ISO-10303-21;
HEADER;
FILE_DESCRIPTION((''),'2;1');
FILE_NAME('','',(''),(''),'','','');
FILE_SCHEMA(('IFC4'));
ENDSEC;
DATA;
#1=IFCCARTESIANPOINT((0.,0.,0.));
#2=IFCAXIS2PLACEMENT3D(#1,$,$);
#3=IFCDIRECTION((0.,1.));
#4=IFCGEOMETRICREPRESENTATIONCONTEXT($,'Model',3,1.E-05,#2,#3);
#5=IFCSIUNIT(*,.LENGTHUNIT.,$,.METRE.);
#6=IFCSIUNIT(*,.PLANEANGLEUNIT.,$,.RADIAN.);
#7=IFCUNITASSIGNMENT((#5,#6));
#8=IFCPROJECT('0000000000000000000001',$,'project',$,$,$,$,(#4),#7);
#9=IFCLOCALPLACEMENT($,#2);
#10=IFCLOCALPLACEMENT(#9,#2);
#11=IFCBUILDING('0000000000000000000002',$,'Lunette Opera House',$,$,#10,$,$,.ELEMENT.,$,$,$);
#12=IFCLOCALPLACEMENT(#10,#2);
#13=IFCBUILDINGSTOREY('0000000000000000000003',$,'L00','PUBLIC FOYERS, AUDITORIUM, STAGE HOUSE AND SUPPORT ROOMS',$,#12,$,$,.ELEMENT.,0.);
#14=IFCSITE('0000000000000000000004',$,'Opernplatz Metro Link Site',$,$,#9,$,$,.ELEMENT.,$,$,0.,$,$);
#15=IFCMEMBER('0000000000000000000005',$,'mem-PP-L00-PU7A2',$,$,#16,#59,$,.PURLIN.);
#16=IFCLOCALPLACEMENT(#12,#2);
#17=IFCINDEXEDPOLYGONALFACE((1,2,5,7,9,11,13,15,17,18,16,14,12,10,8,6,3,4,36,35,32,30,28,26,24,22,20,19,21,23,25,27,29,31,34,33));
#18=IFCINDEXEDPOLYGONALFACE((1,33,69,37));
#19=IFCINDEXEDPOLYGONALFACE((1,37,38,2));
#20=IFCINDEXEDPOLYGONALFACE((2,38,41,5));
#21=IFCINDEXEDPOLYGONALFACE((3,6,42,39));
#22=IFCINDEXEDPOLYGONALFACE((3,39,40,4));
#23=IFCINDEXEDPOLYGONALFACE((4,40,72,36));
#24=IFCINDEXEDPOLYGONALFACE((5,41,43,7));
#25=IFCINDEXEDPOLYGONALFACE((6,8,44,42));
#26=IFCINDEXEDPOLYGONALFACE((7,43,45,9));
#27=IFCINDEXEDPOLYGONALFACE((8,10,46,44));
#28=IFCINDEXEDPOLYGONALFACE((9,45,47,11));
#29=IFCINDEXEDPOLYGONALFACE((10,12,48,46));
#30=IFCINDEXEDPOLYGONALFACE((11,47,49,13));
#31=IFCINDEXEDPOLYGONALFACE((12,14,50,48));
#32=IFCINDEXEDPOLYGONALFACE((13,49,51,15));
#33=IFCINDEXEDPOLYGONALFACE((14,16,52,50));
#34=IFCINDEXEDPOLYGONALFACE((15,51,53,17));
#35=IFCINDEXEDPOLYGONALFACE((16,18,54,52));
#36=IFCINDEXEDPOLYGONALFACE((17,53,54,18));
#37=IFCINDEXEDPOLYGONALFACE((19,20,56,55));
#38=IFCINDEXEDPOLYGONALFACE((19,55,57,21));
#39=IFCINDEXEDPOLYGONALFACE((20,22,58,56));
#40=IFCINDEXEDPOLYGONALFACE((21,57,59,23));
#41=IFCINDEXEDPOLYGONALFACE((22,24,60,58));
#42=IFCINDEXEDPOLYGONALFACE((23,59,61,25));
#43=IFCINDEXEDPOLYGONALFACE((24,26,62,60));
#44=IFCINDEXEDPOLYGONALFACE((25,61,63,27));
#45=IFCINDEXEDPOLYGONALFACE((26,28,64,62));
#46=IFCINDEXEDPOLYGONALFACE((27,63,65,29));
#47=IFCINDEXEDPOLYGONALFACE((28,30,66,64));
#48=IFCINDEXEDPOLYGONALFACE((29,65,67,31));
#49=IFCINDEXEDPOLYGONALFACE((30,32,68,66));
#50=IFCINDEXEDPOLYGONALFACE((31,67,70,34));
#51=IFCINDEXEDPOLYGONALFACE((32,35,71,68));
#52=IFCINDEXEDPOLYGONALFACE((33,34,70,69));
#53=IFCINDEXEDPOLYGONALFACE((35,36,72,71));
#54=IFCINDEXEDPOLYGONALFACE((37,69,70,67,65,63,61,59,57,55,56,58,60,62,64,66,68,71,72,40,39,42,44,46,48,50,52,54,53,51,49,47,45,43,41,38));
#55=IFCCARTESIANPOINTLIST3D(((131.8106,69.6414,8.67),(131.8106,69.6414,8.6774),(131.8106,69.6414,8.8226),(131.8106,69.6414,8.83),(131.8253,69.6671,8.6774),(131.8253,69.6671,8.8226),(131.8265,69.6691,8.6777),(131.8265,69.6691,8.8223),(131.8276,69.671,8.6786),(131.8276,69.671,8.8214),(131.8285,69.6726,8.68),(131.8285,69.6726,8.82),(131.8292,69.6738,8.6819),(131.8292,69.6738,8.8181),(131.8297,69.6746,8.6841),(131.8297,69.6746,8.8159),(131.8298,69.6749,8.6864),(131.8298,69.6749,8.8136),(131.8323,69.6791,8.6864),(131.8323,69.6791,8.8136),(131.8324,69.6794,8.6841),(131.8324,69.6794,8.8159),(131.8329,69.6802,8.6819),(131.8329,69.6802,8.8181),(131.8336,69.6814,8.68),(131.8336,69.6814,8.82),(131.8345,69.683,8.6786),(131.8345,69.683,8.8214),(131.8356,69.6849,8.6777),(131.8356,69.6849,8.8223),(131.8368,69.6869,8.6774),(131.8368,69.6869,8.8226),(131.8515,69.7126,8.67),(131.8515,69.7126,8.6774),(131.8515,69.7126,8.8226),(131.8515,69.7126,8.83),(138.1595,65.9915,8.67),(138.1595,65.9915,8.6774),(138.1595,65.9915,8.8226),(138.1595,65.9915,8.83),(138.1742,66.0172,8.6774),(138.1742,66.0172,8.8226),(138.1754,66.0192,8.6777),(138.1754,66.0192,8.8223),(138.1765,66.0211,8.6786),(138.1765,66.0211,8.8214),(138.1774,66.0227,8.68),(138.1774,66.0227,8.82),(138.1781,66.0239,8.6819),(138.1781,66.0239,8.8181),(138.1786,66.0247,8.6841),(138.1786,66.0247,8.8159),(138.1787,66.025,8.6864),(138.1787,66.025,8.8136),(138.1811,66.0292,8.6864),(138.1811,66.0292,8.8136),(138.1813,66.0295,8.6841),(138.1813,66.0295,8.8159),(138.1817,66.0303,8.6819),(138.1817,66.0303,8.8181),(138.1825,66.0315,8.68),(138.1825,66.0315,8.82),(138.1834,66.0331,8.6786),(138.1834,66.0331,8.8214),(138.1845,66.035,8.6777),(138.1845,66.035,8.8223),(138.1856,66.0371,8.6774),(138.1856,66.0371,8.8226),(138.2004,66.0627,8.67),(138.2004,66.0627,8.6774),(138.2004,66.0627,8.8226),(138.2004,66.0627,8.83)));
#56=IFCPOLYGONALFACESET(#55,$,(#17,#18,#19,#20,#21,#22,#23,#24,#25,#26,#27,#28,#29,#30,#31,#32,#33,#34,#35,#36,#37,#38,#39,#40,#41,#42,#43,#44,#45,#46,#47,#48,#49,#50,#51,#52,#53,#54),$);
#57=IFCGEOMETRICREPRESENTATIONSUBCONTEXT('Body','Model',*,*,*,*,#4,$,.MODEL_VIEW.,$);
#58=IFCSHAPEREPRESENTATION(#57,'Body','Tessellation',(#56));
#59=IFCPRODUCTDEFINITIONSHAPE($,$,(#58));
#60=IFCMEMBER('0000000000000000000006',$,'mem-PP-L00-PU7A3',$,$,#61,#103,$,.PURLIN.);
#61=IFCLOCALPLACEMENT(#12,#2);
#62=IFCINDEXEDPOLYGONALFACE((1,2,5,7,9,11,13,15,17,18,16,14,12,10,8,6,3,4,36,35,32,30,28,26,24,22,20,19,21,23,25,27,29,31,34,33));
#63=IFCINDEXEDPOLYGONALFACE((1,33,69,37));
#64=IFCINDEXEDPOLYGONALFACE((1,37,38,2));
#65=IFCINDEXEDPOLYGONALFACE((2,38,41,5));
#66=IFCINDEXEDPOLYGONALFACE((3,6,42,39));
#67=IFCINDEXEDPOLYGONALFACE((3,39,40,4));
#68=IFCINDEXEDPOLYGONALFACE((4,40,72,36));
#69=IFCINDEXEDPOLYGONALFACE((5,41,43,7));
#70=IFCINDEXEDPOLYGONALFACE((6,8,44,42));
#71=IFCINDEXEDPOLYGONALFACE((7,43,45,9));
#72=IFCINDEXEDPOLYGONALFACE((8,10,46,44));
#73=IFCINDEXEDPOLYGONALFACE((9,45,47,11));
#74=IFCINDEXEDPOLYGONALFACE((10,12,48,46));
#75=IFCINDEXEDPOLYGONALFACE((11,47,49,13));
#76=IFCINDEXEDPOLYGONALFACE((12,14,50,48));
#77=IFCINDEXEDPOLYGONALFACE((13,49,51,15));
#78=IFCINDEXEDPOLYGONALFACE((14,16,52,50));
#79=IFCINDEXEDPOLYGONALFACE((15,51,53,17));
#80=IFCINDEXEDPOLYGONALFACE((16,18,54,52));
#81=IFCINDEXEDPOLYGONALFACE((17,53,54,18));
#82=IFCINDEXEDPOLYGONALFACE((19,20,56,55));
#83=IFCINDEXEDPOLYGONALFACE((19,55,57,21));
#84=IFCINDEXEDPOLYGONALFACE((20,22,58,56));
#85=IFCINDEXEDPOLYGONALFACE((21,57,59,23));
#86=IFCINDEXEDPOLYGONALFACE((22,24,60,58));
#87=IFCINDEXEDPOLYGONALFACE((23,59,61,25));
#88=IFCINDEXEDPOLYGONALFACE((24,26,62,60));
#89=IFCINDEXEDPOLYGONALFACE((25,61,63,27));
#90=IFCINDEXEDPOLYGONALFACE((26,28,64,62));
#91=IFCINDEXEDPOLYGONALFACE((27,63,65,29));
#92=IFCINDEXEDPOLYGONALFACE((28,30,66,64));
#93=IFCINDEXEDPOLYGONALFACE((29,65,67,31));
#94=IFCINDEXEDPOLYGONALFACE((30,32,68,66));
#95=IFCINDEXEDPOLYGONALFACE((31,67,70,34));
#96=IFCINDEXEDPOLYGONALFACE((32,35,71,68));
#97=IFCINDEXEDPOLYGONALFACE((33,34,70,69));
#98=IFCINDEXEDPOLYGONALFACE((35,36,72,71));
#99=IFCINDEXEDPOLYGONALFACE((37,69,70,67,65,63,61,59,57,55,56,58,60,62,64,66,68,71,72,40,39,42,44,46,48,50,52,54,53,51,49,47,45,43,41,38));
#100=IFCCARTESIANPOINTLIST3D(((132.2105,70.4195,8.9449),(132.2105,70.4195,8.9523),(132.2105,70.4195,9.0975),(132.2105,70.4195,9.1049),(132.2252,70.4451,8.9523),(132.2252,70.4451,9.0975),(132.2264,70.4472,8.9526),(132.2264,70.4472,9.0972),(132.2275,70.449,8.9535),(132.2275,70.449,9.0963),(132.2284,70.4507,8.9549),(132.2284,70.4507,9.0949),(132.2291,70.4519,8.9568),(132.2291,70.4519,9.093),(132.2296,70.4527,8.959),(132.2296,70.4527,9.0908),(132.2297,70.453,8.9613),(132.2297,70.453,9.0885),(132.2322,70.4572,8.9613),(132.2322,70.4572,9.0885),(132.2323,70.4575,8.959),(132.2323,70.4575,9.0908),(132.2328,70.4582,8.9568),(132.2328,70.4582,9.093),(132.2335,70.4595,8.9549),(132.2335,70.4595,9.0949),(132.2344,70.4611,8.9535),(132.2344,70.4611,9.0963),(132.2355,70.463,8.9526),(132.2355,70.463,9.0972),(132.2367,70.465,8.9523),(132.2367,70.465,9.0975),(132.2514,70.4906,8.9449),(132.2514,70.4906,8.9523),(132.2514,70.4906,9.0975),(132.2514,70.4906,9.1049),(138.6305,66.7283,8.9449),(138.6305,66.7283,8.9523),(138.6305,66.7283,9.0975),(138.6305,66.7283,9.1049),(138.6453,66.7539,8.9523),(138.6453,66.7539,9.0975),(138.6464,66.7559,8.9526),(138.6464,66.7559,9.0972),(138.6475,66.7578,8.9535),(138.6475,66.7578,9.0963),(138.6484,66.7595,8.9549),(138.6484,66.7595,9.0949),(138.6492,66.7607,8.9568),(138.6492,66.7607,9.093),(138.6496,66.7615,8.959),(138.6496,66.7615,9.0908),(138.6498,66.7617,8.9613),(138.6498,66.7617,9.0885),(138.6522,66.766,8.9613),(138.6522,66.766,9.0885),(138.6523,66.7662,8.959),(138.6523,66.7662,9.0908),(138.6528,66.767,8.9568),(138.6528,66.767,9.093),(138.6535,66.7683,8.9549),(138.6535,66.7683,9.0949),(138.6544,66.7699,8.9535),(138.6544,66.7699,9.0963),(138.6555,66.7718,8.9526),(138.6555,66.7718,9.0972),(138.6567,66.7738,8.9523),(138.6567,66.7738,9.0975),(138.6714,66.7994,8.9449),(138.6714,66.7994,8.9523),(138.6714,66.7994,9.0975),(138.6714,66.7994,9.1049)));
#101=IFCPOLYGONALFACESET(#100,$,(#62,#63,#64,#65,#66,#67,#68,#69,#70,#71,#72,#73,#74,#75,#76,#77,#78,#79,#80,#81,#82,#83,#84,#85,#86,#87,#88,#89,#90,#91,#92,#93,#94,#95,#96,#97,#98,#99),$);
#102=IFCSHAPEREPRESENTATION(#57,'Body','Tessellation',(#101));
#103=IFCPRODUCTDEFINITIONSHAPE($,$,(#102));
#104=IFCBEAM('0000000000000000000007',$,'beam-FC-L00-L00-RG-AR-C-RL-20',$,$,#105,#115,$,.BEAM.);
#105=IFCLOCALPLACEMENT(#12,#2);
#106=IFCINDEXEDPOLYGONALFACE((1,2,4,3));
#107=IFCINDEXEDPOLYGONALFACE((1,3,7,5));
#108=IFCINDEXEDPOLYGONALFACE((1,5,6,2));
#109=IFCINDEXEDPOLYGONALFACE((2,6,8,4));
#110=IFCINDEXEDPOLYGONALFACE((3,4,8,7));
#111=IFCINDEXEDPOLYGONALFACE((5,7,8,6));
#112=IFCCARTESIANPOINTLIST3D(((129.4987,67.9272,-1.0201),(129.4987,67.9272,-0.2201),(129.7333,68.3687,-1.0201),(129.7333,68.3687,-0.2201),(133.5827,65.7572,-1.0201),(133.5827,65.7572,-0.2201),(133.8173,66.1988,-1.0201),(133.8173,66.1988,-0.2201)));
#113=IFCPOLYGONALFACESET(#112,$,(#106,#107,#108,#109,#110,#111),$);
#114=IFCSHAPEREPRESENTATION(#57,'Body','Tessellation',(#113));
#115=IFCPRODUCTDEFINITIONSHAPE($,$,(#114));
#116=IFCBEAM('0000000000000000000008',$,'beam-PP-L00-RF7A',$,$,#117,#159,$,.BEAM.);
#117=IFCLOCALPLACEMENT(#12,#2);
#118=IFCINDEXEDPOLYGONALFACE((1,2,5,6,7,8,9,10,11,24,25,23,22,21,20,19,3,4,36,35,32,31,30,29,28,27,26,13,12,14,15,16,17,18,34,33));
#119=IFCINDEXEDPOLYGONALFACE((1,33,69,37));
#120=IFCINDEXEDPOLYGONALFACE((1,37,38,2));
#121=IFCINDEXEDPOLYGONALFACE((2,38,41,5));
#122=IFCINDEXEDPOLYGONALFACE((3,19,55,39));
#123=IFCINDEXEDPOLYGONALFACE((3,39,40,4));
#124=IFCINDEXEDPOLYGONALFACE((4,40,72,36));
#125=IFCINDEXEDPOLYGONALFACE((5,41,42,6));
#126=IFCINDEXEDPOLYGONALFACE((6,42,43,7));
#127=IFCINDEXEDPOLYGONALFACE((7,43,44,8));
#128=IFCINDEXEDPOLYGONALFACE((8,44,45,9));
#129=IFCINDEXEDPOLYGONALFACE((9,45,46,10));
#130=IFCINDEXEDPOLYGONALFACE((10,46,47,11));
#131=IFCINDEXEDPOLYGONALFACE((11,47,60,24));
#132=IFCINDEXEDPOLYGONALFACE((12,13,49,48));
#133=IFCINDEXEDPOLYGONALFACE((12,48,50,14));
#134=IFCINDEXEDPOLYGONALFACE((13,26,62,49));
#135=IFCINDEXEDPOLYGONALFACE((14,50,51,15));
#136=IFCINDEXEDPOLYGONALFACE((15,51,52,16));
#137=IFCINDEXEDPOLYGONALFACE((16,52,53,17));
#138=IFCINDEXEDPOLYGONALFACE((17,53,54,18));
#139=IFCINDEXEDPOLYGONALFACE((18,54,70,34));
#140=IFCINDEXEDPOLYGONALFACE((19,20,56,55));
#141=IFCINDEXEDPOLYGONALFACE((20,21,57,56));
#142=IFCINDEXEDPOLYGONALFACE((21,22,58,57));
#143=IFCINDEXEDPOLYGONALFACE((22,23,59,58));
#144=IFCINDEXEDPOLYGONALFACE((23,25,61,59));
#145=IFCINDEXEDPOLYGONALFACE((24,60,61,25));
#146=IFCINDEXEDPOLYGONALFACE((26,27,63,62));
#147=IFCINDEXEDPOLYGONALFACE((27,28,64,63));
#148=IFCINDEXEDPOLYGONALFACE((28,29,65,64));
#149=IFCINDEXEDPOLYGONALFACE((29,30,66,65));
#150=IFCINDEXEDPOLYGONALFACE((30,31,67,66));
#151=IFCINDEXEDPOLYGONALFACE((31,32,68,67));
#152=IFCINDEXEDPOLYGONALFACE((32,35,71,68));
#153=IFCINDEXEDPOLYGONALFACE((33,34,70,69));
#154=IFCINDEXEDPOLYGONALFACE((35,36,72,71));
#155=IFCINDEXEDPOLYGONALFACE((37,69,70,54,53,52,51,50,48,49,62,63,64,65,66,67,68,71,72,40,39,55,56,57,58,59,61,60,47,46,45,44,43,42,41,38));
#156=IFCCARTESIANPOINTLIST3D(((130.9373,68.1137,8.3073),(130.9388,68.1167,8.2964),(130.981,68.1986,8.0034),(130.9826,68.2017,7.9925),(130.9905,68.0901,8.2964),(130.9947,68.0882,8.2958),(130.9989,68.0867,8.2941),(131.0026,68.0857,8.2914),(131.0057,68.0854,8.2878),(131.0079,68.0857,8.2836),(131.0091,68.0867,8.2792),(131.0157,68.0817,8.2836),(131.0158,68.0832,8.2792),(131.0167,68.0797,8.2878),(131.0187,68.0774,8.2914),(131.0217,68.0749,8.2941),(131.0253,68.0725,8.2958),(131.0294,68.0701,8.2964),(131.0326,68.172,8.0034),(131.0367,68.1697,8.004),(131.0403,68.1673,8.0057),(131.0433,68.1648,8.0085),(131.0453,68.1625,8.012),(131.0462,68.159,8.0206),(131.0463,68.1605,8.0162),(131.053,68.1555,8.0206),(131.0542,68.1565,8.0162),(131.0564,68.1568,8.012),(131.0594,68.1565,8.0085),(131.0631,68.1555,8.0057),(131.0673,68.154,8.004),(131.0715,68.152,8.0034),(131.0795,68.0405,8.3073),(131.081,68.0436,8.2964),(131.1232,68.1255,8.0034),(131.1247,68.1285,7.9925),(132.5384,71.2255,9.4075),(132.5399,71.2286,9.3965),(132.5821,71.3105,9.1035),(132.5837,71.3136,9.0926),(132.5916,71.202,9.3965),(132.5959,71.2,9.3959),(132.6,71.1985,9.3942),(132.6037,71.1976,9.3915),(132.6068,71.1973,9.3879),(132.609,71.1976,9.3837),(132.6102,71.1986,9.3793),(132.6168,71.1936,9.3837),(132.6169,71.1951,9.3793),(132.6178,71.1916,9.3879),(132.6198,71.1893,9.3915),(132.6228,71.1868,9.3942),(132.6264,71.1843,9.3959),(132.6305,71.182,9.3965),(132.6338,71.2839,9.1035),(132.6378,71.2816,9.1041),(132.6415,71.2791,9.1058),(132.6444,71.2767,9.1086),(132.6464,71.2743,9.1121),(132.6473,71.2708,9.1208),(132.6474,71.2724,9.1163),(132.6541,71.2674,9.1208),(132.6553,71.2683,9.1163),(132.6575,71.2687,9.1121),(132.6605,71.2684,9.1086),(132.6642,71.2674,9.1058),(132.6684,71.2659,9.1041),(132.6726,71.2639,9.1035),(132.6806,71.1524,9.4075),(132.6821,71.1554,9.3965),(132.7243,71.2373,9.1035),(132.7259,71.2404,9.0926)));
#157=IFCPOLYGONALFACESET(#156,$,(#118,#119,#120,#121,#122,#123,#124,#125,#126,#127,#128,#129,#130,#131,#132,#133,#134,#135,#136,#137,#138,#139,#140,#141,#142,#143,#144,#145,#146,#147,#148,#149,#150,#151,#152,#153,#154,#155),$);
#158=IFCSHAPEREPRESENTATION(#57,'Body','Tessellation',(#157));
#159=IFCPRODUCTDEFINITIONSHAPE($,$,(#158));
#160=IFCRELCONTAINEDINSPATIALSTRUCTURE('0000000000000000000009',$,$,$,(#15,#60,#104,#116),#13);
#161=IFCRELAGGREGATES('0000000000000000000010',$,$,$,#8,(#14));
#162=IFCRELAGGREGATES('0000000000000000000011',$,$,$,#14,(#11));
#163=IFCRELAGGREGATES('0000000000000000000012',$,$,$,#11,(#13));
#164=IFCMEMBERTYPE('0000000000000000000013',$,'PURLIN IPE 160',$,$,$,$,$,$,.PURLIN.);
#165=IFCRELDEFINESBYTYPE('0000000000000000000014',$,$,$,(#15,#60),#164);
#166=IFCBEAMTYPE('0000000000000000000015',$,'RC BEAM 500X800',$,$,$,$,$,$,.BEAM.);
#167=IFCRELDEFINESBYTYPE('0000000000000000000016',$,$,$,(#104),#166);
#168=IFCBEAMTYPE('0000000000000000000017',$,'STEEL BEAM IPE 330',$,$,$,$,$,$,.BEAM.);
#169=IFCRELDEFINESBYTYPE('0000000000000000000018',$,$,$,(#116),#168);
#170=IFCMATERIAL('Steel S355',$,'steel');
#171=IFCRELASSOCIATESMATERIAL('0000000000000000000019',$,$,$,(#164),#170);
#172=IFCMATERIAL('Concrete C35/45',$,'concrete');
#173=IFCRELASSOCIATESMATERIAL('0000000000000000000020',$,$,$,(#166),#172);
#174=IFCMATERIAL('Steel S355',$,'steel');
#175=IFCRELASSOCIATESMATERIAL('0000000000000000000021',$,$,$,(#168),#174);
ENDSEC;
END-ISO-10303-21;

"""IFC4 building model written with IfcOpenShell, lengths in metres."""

from ifc_helpers import new_model, si_unit, direction, frame, origin, origin_2d, place, context, subcontext, project, spatial, rectangle, i_section, extrude, material, material_profile, profile_set, type_object, element, save


model = new_model("IFC4")

# Units and contexts
model_context = context("Model", 3, precision=1e-05, world=origin(), true_north=direction((0.0, 1.0)))
body_context = subcontext(model_context, "Body", "Model", "MODEL_VIEW")
ifc_project = project(units=[si_unit("LENGTHUNIT", "METRE"), si_unit("PLANEANGLEUNIT", "RADIAN")], contexts=[model_context])

# Site, building, storey
site_placement = place(None, origin())
site = spatial("IfcSite", under=ifc_project, at=site_placement, Name="Opernplatz Metro Link Site", CompositionType="ELEMENT", RefElevation=0.0)
building_placement = place(site_placement, origin())
building = spatial("IfcBuilding", under=site, at=building_placement, Name="Lunette Opera House", CompositionType="ELEMENT")
storey_placement = place(building_placement, origin())
storey = spatial("IfcBuildingStorey", under=building, at=storey_placement, Name="L00", Description="PUBLIC FOYERS, AUDITORIUM, STAGE HOUSE AND SUPPORT ROOMS", CompositionType="ELEMENT", Elevation=0.0)

# Members
ifc_material_1 = material(Name="Steel S355", Category="steel")
ifc_material_profile_1 = material_profile(ifc_material_1, i_section(OverallWidth=0.082, OverallDepth=0.1599, WebThickness=0.0049, FlangeThickness=0.0073, FilletRadius=0.009, at=origin_2d()), Name="IPE 160")
ifc_profile_set_1 = profile_set([ifc_material_profile_1], Name="Steel S355")
member_type_1 = type_object("IfcMemberType", Name="PURLIN IPE 160", PredefinedType="PURLIN", material=ifc_profile_set_1)
member_1_placement = place(storey_placement, frame((131.8311, 69.677, 8.75), z_axis=(0.866948, -0.498399, 0.0), x_axis=(0.498399, 0.866948, 0.0)))
element("IfcMember", 1, at=member_1_placement, inside=storey, type_object=member_type_1, Name="mem-PP-L00-PU7A2", PredefinedType="PURLIN", context=body_context, shape_type="SweptSolid", body=[
    extrude(i_section(OverallWidth=0.082, OverallDepth=0.1599, WebThickness=0.0049, FlangeThickness=0.0073, FilletRadius=0.009, at=origin_2d()), origin(), (0.0, 0.0, 1.0), 7.3232),
])
member_2_placement = place(storey_placement, frame((132.231, 70.4551, 9.0249), z_axis=(0.866923, -0.498441, 0.0), x_axis=(0.498441, 0.866923, 0.0)))
element("IfcMember", 2, at=member_2_placement, inside=storey, type_object=member_type_1, Name="mem-PP-L00-PU7A3", PredefinedType="PURLIN", context=body_context, shape_type="SweptSolid", body=[
    extrude(i_section(OverallWidth=0.082, OverallDepth=0.1599, WebThickness=0.0049, FlangeThickness=0.0073, FilletRadius=0.009, at=origin_2d()), origin(), (0.0, 0.0, 1.0), 7.4055),
])

# Beams
ifc_material_2 = material(Name="Concrete C35/45", Category="concrete")
ifc_material_profile_2 = material_profile(ifc_material_2, rectangle(XDim=0.5, YDim=0.8, at=origin_2d()), Name="RC BEAM 500X800")
ifc_profile_set_2 = profile_set([ifc_material_profile_2], Name="Concrete C35/45")
beam_type_1 = type_object("IfcBeamType", Name="RC BEAM 500X800", PredefinedType="BEAM", material=ifc_profile_set_2)
beam_1_placement = place(storey_placement, frame((129.616, 68.1479, -0.6201), z_axis=(0.883088, -0.469207, 0.0), x_axis=(0.469207, 0.883088, 0.0)))
element("IfcBeam", 3, at=beam_1_placement, inside=storey, type_object=beam_type_1, Name="beam-FC-L00-L00-RG-AR-C-RL-20", PredefinedType="BEAM", context=body_context, shape_type="SweptSolid", body=[
    extrude(rectangle(XDim=0.5, YDim=0.8, at=origin_2d()), origin(), (0.0, 0.0, 1.0), 4.6248),
])
ifc_material_3 = material(Name="Steel S355", Category="steel")
ifc_material_profile_3 = material_profile(ifc_material_3, i_section(OverallWidth=0.1599, OverallDepth=0.3301, WebThickness=0.0076, FlangeThickness=0.0115, FilletRadius=0.0181, at=origin_2d()), Name="IPE 330")
ifc_profile_set_3 = profile_set([ifc_material_profile_3], Name="Steel S355")
beam_type_2 = type_object("IfcBeamType", Name="STEEL BEAM IPE 330", PredefinedType="BEAM", material=ifc_profile_set_3)
beam_2_placement = place(storey_placement, frame((131.031, 68.1211, 8.1499), z_axis=(0.436452, 0.848279, 0.299886), x_axis=(-0.889205, 0.457509, 0.0)))
element("IfcBeam", 4, at=beam_2_placement, inside=storey, type_object=beam_type_2, Name="beam-PP-L00-RF7A", PredefinedType="BEAM", context=body_context, shape_type="SweptSolid", body=[
    extrude(i_section(OverallWidth=0.1599, OverallDepth=0.3301, WebThickness=0.0076, FlangeThickness=0.0115, FilletRadius=0.0181, at=origin_2d()), origin(), (0.0, 0.0, 1.0), 3.6685),
])

save(model, "model.ifc")
